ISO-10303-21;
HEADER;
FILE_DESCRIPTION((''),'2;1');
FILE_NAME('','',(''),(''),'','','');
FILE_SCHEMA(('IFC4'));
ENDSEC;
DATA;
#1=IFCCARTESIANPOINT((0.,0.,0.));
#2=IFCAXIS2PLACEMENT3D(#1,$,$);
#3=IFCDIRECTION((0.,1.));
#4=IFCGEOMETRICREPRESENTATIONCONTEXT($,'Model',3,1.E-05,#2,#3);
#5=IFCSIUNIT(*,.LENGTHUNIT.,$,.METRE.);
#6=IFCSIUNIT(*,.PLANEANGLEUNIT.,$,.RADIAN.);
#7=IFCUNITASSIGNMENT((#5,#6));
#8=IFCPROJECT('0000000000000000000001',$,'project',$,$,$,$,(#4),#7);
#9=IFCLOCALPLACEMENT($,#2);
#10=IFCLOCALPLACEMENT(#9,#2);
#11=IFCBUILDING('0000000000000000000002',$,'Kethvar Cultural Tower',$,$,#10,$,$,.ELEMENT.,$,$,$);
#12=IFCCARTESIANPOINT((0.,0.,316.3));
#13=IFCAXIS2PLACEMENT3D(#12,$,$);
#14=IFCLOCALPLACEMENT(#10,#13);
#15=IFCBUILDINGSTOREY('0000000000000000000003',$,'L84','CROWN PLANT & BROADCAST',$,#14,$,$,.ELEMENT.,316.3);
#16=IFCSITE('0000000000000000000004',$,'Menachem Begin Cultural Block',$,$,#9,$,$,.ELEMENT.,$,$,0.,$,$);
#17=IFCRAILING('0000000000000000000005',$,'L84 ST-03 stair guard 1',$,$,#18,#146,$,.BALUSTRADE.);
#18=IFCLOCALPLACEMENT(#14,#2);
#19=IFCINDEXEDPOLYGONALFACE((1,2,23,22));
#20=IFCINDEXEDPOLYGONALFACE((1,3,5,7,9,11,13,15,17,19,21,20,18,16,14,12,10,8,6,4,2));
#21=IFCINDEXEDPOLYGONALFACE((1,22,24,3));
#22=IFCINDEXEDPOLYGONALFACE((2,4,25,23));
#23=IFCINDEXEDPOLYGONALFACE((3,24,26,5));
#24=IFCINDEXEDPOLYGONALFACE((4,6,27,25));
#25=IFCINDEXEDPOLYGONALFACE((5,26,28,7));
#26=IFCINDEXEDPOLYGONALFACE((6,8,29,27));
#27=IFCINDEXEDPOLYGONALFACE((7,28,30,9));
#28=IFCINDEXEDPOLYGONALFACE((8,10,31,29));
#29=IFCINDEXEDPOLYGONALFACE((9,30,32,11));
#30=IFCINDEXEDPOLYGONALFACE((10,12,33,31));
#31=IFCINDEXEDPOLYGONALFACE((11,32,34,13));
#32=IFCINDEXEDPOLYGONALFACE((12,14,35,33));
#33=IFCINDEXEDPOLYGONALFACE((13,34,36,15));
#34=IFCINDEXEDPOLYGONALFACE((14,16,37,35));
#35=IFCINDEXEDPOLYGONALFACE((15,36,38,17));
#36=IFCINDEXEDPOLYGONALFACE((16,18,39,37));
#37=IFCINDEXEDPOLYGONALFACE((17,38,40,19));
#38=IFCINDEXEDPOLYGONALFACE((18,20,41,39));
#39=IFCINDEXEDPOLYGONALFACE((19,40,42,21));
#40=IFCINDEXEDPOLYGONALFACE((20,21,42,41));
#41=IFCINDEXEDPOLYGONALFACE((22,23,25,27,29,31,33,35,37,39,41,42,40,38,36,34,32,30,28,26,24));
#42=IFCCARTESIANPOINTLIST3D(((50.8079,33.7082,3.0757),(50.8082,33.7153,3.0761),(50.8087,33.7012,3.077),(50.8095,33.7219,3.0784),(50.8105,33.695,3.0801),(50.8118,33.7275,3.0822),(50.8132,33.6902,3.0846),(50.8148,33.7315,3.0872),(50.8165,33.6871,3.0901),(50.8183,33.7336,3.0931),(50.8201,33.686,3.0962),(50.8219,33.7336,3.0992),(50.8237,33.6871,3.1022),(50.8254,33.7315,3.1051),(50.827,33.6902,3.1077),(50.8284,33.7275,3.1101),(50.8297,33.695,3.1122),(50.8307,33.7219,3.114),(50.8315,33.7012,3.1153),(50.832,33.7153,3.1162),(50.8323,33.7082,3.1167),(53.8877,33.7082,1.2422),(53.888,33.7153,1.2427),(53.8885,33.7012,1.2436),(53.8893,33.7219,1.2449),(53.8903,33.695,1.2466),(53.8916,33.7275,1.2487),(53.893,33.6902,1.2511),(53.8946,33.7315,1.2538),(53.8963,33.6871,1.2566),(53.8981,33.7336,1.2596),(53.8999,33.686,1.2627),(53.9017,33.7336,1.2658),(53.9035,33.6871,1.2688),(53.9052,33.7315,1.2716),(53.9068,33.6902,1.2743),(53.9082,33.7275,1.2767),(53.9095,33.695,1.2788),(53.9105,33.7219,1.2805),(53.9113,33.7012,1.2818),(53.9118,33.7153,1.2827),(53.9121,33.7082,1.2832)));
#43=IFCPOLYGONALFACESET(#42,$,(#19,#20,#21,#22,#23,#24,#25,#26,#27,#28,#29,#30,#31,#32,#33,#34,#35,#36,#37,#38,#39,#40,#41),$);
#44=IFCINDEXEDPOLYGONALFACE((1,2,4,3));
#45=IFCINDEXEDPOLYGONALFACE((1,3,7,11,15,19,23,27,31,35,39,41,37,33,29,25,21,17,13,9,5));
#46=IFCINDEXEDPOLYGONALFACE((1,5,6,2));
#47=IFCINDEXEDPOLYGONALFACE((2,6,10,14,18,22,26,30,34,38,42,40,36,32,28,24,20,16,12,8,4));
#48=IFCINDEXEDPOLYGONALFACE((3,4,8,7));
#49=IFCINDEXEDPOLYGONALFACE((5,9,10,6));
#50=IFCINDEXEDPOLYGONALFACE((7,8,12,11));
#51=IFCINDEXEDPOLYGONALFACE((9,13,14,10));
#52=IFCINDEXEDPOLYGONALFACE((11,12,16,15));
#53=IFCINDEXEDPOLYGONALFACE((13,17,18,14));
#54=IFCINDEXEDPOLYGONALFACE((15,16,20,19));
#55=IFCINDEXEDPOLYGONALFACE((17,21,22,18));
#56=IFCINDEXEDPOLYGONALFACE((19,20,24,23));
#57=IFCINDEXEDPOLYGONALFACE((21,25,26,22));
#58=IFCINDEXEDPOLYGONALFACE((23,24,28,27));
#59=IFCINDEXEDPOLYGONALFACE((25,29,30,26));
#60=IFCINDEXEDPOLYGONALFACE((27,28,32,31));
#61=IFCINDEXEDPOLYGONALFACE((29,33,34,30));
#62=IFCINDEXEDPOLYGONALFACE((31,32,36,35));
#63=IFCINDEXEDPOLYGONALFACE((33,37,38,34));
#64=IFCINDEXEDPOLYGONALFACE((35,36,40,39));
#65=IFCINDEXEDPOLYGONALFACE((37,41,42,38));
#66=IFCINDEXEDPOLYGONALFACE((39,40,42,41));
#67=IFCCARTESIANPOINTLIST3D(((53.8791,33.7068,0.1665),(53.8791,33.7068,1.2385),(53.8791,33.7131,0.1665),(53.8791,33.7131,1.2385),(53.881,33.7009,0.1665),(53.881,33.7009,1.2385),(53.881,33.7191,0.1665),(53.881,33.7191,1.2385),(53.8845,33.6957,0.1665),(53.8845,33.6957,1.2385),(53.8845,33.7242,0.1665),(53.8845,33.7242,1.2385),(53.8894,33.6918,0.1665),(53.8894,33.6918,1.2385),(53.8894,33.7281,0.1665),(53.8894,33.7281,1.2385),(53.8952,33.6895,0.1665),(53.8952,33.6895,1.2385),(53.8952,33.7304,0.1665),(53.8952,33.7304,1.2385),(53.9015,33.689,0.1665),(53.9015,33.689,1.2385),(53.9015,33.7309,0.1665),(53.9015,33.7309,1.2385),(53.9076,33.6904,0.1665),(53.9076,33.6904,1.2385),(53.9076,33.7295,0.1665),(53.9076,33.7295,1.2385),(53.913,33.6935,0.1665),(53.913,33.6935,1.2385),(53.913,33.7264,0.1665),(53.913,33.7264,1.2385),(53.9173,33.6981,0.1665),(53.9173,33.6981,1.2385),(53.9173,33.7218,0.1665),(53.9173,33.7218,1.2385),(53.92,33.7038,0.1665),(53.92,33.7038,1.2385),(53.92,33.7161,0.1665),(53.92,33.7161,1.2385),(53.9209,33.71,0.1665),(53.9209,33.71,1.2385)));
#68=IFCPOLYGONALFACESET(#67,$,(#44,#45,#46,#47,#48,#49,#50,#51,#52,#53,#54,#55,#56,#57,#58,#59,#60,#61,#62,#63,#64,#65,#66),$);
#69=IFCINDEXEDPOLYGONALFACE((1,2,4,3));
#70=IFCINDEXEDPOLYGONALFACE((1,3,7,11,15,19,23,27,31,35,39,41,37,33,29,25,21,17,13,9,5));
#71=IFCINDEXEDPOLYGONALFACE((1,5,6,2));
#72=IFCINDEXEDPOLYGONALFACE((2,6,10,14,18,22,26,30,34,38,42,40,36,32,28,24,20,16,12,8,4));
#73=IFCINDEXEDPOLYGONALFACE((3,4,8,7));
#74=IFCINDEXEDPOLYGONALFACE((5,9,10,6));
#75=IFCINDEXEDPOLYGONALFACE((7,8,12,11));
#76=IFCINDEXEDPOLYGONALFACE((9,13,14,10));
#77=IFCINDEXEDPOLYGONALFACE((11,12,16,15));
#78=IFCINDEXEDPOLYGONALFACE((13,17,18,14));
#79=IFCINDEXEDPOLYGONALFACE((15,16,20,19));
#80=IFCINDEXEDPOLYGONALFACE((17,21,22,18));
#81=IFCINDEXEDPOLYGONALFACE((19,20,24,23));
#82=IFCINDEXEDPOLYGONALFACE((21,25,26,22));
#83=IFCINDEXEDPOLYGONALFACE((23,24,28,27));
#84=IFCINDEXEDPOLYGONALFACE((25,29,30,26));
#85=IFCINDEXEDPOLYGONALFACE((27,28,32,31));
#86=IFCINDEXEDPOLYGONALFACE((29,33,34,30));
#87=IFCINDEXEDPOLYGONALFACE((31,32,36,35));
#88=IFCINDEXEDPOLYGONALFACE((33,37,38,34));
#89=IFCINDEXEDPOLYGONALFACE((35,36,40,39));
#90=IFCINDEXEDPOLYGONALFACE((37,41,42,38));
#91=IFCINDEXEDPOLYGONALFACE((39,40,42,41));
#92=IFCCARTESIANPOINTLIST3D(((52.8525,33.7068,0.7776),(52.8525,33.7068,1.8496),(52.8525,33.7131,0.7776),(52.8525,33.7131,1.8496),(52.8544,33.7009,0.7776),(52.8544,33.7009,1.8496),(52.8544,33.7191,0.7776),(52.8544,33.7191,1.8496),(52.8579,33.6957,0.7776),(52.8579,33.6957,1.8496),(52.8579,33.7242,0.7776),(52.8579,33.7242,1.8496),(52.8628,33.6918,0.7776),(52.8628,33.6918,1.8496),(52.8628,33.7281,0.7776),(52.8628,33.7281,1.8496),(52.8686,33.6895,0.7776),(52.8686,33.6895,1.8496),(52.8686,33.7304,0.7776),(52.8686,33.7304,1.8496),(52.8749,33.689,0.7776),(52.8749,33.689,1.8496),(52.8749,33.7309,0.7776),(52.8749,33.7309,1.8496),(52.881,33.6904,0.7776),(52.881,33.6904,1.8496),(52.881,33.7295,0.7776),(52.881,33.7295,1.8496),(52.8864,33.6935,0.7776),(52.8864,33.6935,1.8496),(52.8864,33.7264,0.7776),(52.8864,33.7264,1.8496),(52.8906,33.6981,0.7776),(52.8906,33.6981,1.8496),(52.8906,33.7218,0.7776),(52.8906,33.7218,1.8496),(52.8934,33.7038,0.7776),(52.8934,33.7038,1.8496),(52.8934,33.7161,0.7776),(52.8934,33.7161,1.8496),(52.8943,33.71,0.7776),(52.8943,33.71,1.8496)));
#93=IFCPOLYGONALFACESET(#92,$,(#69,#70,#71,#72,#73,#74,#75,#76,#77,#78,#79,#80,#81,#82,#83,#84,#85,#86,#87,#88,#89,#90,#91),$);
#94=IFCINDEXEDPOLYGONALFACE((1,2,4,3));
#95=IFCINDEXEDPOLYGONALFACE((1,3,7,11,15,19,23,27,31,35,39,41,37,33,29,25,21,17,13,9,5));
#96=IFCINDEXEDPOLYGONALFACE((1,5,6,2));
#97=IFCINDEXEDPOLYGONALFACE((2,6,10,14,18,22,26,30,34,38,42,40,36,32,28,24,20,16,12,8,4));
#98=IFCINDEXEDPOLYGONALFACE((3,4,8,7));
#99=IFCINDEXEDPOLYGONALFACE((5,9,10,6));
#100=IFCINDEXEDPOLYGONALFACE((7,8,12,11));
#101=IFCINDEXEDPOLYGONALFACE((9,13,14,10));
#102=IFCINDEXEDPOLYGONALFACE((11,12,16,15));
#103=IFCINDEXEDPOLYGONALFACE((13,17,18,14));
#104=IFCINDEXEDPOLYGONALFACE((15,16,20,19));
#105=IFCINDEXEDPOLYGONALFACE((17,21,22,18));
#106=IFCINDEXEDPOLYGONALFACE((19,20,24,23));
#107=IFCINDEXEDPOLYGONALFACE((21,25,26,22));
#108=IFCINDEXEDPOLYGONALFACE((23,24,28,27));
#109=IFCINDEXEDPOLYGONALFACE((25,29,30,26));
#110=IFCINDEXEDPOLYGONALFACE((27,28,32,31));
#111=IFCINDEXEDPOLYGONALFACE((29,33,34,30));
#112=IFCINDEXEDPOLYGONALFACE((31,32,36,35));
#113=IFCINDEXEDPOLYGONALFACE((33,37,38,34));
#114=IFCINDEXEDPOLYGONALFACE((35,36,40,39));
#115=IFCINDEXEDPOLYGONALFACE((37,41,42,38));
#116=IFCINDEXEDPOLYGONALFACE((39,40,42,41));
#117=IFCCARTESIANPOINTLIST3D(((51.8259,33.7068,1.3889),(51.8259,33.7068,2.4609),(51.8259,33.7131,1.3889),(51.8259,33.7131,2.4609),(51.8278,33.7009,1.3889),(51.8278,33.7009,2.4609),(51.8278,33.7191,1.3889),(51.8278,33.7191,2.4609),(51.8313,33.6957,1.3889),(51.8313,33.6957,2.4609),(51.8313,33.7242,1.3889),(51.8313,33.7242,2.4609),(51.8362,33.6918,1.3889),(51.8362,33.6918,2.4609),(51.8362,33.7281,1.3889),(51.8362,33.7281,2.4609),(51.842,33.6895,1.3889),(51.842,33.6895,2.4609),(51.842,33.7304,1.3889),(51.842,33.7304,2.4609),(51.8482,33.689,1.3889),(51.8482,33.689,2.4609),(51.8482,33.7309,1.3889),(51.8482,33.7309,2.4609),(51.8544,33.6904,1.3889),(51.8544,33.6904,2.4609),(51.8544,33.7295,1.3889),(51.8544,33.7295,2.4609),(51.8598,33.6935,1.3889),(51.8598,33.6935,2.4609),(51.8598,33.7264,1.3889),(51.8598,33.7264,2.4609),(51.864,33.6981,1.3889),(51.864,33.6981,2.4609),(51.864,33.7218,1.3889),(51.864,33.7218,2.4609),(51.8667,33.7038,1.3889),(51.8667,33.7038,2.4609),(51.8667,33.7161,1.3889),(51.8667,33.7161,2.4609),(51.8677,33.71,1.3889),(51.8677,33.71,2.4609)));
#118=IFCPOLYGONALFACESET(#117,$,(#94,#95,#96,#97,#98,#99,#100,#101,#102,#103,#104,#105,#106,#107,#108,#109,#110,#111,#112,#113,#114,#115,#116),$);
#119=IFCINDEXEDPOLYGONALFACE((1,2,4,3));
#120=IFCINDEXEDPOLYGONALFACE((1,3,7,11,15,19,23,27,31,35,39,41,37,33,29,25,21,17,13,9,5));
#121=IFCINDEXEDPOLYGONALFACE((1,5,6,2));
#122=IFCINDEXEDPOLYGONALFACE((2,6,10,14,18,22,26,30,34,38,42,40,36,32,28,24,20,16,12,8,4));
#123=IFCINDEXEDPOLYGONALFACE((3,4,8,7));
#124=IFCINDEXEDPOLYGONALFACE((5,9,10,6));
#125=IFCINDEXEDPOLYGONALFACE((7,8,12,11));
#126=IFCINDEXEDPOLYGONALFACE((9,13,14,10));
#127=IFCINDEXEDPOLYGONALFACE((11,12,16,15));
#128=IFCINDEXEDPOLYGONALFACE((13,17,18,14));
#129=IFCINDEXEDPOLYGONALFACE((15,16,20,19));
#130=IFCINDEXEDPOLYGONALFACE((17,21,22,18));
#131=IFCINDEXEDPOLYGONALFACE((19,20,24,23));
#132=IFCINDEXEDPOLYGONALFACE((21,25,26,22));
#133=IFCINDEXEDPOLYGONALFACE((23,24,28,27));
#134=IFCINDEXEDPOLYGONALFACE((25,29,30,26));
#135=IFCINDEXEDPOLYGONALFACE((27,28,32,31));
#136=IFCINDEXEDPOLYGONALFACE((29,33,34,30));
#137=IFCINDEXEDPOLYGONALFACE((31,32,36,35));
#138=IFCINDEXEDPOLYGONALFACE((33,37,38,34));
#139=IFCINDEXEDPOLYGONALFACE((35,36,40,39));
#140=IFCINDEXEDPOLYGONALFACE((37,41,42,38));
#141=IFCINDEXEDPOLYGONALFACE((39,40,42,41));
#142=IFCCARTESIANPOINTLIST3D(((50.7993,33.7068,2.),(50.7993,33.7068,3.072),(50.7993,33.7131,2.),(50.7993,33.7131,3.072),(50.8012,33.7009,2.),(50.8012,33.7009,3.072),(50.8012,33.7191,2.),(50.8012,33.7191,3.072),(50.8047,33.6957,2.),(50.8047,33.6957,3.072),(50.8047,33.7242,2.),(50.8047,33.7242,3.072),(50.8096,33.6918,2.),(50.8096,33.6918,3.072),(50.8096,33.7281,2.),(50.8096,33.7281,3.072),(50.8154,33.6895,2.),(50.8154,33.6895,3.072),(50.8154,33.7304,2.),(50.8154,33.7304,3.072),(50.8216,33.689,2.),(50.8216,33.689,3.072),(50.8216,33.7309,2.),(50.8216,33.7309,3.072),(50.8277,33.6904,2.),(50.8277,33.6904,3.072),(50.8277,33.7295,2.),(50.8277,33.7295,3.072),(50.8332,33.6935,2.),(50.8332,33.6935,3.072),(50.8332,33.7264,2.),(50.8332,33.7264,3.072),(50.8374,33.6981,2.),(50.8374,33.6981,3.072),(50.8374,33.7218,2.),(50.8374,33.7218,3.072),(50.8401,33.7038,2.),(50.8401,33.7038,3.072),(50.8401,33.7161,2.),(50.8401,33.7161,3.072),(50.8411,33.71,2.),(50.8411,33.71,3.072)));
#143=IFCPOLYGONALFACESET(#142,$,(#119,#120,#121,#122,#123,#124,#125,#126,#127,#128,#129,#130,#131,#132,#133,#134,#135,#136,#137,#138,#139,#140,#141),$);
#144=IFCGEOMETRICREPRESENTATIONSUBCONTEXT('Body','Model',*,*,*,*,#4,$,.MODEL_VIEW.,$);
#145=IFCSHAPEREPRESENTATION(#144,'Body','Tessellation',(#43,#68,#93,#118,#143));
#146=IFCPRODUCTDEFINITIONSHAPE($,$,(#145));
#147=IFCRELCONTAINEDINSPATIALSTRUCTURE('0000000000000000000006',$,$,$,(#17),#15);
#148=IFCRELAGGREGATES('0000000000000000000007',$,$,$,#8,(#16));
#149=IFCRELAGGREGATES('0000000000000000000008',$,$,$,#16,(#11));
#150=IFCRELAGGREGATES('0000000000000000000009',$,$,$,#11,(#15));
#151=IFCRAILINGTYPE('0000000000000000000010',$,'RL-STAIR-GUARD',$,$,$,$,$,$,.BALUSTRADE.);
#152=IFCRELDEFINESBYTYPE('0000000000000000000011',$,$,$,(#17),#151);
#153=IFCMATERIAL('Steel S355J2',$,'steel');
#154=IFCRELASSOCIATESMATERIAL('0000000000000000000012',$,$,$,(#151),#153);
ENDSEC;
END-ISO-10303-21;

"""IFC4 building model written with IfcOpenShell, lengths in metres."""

from ifc_helpers import new_model, si_unit, direction, frame, origin, origin_2d, place, context, subcontext, project, spatial, circle, extrude, material, type_object, element, save


model = new_model("IFC4")

# Units and contexts
model_context = context("Model", 3, precision=1e-05, world=origin(), true_north=direction((0.0, 1.0)))
body_context = subcontext(model_context, "Body", "Model", "MODEL_VIEW")
ifc_project = project(units=[si_unit("LENGTHUNIT", "METRE"), si_unit("PLANEANGLEUNIT", "RADIAN")], contexts=[model_context])

# Site, building, storey
site_placement = place(None, origin())
site = spatial("IfcSite", under=ifc_project, at=site_placement, Name="Menachem Begin Cultural Block", CompositionType="ELEMENT", RefElevation=0.0)
building_placement = place(site_placement, origin())
building = spatial("IfcBuilding", under=site, at=building_placement, Name="Kethvar Cultural Tower", CompositionType="ELEMENT")
storey_placement = place(building_placement, frame((0.0, 0.0, 316.3)))
storey = spatial("IfcBuildingStorey", under=building, at=storey_placement, Name="L84", Description="CROWN PLANT & BROADCAST", CompositionType="ELEMENT", Elevation=316.3)

# Shared definitions
ifc_material_1 = material(Name="Steel S355J2", Category="steel")

# Railing
railing_type_1 = type_object("IfcRailingType", Name="RL-STAIR-GUARD", PredefinedType="BALUSTRADE", material=ifc_material_1)
railing_1_placement = place(storey_placement, frame((53.8999, 33.71, 0.1665)))
element("IfcRailing", 1, at=railing_1_placement, inside=storey, type_object=railing_type_1, Name="L84 ST-03 stair guard 1", PredefinedType="BALUSTRADE", context=body_context, shape_type="SweptSolid", body=[
    extrude(circle(Radius=0.0239, at=origin_2d()), frame((0.0, 0.0, 1.0962), z_axis=(-0.859261, 0.0, 0.511538), x_axis=(0.0, -1.0, 0.0)), (0.0, 0.0, 1.0), 3.5842),
    extrude(circle(Radius=0.021, at=origin_2d()), origin(), (0.0, 0.0, 1.0), 1.072),
    extrude(circle(Radius=0.021, at=origin_2d()), frame((-1.0266, 0.0, 0.6111)), (0.0, 0.0, 1.0), 1.072),
    extrude(circle(Radius=0.021, at=origin_2d()), frame((-2.0532, 0.0, 1.2224)), (0.0, 0.0, 1.0), 1.072),
    extrude(circle(Radius=0.021, at=origin_2d()), frame((-3.0798, 0.0, 1.8335)), (0.0, 0.0, 1.0), 1.072),
])

save(model, "model.ifc")
